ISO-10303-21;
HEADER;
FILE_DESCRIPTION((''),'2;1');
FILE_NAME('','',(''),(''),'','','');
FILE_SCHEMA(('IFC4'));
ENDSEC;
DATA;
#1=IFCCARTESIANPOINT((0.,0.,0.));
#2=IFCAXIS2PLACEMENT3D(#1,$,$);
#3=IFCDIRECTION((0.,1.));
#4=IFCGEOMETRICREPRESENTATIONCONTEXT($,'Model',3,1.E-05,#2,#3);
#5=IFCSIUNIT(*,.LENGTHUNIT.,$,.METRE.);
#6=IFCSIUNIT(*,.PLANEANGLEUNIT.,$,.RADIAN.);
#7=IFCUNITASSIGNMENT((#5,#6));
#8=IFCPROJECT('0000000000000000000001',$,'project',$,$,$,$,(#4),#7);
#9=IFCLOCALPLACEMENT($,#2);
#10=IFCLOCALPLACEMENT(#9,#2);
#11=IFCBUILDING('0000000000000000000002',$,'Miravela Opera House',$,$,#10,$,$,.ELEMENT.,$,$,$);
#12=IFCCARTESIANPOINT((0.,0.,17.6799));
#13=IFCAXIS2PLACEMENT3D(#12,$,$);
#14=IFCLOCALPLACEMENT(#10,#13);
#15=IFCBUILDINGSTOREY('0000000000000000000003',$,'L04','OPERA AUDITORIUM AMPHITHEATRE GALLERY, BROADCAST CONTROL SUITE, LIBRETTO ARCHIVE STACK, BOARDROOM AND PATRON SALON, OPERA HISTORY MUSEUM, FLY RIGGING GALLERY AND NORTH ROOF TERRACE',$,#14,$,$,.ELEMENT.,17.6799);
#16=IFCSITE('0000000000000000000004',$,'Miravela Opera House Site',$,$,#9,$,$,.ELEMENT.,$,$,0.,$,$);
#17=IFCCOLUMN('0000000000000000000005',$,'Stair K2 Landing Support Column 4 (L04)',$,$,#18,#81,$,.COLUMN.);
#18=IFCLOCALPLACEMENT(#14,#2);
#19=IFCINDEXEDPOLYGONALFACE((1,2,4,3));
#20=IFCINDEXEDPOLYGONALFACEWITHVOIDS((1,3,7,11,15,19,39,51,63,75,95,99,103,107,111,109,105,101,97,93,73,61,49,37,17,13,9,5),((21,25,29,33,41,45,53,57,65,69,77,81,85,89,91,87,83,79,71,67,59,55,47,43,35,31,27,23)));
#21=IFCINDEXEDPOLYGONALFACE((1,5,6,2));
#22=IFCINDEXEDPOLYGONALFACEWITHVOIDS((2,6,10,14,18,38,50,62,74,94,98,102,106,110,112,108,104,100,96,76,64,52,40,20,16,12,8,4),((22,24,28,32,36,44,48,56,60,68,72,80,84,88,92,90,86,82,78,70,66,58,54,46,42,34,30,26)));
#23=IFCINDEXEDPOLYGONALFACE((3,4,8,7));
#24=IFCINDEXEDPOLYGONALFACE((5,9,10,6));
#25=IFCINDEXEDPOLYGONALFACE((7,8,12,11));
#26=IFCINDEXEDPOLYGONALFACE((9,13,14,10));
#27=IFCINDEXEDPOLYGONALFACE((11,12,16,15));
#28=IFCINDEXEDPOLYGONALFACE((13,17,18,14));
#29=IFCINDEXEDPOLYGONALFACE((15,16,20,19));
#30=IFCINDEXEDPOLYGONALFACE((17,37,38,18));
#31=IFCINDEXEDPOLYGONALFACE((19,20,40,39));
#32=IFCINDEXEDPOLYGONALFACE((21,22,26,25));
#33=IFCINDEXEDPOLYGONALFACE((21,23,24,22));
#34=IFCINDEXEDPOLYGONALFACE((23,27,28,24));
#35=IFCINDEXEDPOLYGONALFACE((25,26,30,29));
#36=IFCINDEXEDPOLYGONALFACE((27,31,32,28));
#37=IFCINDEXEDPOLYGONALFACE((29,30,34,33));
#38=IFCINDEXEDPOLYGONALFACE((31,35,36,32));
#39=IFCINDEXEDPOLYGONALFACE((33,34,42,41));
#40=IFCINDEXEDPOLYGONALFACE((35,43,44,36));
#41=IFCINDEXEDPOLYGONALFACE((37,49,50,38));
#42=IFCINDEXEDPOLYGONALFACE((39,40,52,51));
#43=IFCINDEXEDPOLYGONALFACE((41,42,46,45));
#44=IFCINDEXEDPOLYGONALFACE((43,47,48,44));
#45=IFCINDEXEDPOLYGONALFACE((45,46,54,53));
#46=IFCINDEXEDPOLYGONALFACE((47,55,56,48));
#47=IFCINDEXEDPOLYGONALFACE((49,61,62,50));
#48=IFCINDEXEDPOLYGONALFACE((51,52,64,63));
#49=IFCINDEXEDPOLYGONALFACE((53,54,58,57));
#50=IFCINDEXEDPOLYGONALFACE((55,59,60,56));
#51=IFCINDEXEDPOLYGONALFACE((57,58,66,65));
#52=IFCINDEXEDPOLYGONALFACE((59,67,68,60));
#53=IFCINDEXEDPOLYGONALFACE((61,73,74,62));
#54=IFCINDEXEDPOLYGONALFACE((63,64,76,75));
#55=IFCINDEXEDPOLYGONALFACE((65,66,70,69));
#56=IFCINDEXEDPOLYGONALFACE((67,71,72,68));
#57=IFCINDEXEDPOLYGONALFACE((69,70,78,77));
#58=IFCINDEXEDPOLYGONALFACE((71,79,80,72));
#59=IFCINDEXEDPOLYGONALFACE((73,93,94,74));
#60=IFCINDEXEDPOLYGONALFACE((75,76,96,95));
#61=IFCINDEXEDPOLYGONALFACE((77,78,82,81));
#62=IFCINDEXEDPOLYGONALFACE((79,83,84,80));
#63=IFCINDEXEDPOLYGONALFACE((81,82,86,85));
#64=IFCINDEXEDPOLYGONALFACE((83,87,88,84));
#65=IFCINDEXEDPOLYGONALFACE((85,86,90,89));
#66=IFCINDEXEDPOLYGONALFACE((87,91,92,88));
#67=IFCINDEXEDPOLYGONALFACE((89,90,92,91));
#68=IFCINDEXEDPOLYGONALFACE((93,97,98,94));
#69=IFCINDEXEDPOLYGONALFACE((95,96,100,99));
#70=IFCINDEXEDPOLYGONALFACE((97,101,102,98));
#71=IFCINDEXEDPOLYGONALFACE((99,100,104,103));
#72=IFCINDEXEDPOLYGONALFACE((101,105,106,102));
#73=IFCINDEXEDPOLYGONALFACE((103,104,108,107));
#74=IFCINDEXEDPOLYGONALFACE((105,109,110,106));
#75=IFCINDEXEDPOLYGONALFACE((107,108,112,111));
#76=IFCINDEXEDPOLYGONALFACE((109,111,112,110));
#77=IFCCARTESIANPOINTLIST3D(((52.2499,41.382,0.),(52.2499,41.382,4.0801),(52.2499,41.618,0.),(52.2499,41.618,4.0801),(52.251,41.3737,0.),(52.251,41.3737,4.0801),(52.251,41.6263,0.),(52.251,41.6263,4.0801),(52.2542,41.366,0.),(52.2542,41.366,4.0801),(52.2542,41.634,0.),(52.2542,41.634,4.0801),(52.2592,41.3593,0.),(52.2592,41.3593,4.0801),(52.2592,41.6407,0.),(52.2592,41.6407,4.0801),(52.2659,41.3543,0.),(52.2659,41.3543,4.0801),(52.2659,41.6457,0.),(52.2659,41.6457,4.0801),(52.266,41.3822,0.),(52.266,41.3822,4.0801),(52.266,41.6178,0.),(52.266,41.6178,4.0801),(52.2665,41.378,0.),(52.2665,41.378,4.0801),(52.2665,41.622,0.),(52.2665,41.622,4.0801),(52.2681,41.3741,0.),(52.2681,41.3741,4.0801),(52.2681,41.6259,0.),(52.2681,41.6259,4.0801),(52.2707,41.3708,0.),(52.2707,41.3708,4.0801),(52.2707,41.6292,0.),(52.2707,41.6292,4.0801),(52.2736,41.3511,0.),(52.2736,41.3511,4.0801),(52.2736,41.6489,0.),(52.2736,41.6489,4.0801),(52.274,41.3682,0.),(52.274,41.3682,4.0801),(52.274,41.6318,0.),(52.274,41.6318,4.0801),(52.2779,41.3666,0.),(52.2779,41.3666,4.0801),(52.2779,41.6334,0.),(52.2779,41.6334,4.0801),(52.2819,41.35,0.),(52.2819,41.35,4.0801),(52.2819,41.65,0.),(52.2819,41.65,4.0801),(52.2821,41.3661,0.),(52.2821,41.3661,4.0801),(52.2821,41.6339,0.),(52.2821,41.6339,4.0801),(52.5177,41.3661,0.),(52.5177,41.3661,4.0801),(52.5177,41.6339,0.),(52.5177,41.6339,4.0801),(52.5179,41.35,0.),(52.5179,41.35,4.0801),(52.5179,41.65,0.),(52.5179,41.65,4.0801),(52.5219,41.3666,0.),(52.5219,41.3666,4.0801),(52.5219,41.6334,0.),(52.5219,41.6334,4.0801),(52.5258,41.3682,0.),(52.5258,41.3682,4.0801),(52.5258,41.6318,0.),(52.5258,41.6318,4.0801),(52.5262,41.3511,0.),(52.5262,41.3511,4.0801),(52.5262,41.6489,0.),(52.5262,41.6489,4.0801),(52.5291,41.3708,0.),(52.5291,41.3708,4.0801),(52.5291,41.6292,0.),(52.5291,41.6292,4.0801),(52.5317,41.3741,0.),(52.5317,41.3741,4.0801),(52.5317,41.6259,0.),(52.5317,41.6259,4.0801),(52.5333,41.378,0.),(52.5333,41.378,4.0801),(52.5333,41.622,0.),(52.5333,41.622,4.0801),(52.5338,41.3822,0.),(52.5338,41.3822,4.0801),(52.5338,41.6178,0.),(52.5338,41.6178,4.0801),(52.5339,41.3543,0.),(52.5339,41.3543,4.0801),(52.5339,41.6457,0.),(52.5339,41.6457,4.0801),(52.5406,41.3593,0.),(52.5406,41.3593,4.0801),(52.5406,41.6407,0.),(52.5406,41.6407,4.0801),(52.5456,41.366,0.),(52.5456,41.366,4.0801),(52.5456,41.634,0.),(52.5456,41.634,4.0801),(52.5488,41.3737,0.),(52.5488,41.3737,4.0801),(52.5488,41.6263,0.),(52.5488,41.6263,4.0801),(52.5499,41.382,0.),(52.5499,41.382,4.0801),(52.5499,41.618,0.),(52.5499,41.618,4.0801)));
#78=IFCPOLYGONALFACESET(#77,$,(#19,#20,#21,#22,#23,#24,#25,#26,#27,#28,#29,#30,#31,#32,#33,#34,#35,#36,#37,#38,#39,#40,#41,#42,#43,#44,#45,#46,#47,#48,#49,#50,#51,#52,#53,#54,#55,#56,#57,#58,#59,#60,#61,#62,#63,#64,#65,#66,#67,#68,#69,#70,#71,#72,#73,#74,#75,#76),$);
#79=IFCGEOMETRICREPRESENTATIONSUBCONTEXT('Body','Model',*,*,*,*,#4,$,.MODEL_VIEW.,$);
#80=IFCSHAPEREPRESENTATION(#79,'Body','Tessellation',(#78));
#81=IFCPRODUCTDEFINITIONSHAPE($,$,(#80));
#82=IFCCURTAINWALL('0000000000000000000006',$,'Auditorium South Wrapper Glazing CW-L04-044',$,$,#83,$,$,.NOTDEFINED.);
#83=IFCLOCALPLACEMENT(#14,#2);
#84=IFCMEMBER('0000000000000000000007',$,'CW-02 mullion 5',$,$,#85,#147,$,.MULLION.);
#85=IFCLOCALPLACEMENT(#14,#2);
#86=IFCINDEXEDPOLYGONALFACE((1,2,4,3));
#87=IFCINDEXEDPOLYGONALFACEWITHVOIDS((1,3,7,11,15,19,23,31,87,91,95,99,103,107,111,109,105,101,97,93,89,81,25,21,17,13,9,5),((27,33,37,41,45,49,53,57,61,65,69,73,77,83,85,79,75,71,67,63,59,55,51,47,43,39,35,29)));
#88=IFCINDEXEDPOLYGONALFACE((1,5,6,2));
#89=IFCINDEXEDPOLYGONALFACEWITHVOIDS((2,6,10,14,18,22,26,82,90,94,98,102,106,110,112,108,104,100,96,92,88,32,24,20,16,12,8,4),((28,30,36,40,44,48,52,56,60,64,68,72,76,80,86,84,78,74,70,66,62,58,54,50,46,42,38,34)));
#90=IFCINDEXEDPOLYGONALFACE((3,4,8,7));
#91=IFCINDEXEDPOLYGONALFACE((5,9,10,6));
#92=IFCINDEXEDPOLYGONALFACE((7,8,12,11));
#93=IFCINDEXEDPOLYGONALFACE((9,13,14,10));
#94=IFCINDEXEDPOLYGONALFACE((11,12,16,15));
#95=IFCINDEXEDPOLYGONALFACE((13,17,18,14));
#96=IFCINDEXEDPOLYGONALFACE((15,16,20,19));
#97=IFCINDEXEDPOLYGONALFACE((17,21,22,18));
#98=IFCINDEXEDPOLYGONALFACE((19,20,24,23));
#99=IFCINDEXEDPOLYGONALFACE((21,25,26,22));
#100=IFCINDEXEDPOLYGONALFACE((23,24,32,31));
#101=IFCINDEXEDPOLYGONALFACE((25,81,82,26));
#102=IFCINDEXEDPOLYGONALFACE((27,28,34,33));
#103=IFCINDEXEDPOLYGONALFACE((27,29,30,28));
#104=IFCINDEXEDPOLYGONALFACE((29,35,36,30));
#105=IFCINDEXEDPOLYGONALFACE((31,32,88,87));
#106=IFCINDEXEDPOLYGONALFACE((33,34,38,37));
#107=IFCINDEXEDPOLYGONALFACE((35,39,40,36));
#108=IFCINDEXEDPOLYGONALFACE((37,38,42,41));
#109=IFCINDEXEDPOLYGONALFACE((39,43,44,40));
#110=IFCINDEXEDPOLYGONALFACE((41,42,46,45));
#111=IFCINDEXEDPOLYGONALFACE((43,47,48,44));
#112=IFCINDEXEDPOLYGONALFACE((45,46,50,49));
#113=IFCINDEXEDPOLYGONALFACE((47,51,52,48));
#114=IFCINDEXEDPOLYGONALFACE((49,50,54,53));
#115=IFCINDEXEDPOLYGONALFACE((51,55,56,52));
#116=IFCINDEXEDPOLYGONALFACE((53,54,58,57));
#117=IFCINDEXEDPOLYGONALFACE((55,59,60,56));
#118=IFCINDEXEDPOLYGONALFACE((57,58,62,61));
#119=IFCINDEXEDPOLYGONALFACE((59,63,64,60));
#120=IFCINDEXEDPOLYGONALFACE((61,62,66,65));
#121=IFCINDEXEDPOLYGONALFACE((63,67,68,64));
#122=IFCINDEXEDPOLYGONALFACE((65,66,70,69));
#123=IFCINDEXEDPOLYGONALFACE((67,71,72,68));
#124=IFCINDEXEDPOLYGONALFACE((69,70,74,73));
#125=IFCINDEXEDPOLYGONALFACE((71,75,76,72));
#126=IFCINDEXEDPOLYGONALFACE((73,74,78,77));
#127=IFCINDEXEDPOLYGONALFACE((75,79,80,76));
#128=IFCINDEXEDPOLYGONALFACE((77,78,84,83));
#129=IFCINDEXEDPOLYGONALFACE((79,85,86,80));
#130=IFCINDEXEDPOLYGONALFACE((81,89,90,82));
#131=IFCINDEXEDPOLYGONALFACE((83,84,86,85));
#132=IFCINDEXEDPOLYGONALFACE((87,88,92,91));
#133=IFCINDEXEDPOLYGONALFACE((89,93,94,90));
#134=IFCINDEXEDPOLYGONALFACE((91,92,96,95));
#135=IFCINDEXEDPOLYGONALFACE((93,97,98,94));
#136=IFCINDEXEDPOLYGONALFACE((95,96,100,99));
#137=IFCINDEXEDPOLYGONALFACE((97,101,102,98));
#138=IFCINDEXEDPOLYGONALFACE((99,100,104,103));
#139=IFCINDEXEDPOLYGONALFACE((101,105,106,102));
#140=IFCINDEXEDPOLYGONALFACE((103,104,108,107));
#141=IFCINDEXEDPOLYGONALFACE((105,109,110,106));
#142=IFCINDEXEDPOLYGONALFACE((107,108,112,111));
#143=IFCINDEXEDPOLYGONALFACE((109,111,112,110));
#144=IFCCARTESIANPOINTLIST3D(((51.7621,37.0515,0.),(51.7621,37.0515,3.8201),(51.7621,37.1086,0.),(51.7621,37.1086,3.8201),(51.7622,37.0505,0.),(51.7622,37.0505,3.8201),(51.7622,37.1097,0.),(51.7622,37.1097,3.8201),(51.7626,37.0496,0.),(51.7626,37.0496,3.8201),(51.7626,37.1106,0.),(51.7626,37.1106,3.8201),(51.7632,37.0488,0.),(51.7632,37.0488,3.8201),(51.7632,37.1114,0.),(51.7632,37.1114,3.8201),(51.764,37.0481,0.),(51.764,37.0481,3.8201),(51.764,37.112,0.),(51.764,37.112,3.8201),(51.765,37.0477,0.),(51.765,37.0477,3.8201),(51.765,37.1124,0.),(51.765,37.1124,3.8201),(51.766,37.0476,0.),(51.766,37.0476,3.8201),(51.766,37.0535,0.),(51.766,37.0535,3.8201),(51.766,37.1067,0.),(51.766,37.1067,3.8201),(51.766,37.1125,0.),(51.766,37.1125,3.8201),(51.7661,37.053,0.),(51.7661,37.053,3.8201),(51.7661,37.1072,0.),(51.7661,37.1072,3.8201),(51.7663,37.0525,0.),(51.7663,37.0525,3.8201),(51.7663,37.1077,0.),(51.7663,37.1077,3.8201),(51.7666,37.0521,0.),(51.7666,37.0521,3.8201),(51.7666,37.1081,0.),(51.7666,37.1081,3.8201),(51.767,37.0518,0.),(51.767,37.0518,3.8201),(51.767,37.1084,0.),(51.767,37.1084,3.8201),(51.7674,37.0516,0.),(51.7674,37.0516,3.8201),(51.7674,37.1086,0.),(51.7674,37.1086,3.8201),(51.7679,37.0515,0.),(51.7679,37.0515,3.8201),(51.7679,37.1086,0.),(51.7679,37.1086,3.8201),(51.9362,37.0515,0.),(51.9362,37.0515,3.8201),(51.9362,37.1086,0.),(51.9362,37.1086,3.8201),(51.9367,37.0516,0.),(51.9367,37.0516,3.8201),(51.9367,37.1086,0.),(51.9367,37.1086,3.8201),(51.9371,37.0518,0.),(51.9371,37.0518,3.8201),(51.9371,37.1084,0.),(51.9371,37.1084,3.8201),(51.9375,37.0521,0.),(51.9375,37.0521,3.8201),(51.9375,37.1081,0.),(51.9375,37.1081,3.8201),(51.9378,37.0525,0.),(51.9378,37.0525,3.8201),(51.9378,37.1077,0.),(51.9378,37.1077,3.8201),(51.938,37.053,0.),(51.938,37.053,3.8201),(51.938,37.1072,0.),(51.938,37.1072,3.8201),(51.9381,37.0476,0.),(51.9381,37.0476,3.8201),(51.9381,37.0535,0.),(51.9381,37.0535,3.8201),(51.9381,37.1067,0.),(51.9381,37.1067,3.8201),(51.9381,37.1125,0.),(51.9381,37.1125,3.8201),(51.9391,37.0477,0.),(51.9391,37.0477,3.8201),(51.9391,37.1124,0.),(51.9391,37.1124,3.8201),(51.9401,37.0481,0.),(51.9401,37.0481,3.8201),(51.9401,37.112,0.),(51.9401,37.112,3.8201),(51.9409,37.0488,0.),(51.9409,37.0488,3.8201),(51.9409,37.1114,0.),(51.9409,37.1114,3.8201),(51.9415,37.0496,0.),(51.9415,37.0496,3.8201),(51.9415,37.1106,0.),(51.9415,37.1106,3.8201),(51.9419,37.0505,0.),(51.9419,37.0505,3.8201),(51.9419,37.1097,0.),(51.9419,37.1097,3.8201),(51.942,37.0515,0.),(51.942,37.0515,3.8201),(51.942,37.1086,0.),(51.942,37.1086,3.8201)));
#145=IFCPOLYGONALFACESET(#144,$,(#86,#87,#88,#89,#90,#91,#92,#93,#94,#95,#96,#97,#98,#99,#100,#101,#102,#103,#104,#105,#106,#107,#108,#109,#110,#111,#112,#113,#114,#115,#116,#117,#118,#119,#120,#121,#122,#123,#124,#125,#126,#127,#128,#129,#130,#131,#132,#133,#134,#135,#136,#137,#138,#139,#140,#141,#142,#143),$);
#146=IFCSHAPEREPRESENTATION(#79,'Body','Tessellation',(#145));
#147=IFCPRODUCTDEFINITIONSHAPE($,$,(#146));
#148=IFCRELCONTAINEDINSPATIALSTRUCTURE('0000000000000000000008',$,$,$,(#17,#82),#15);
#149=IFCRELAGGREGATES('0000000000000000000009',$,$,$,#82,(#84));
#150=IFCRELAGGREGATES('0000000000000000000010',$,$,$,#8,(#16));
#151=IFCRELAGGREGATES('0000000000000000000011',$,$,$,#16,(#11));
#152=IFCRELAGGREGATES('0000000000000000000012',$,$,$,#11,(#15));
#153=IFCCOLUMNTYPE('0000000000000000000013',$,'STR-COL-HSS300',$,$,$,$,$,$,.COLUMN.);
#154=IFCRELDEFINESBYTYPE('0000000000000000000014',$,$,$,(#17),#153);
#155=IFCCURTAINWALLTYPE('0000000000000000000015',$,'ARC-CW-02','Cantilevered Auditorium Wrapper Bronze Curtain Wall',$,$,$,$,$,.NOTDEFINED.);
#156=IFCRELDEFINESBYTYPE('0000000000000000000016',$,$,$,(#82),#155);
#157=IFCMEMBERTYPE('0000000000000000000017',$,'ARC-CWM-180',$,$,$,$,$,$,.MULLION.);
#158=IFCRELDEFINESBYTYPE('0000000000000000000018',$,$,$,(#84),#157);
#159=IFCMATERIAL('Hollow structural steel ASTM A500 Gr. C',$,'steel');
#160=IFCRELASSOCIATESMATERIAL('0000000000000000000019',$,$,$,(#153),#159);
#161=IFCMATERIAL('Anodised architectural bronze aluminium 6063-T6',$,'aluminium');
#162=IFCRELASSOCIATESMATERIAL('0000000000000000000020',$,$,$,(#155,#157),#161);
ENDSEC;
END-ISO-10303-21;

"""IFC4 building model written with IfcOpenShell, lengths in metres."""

from ifc_helpers import new_model, si_unit, direction, frame, origin, origin_2d, place, context, subcontext, project, spatial, hollow_rectangle, extrude, material, material_profile, profile_set, type_object, element, aggregate, save


model = new_model("IFC4")

# Units and contexts
model_context = context("Model", 3, precision=1e-05, world=origin(), true_north=direction((0.0, 1.0)))
body_context = subcontext(model_context, "Body", "Model", "MODEL_VIEW")
ifc_project = project(units=[si_unit("LENGTHUNIT", "METRE"), si_unit("PLANEANGLEUNIT", "RADIAN")], contexts=[model_context])

# Site, building, storey
site_placement = place(None, origin())
site = spatial("IfcSite", under=ifc_project, at=site_placement, Name="Miravela Opera House Site", CompositionType="ELEMENT", RefElevation=0.0)
building_placement = place(site_placement, origin())
building = spatial("IfcBuilding", under=site, at=building_placement, Name="Miravela Opera House", CompositionType="ELEMENT")
storey_placement = place(building_placement, frame((0.0, 0.0, 17.6799)))
storey = spatial("IfcBuildingStorey", under=building, at=storey_placement, Name="L04", Description="OPERA AUDITORIUM AMPHITHEATRE GALLERY, BROADCAST CONTROL SUITE, LIBRETTO ARCHIVE STACK, BOARDROOM AND PATRON SALON, OPERA HISTORY MUSEUM, FLY RIGGING GALLERY AND NORTH ROOF TERRACE", CompositionType="ELEMENT", Elevation=17.6799)

# Column
ifc_material_1 = material(Name="Hollow structural steel ASTM A500 Gr. C", Category="steel")
ifc_material_profile_1 = material_profile(ifc_material_1, hollow_rectangle(XDim=0.3, YDim=0.3, WallThickness=0.0161, InnerFilletRadius=0.0161, OuterFilletRadius=0.032, at=origin_2d()), Name="HSS300X300X16")
ifc_profile_set_1 = profile_set([ifc_material_profile_1])
column_type = type_object("IfcColumnType", Name="STR-COL-HSS300", PredefinedType="COLUMN", material=ifc_profile_set_1)
for number, where, z_axis, x_axis, name in (
    (1, (52.3999, 41.5, 0.0), (0.0, 0.0, 1.0), (1.0, 0.0, 0.0), "Stair K2 Landing Support Column 4 (L04)"),
):
    element("IfcColumn", number, at=place(storey_placement, frame(where, z_axis=z_axis, x_axis=x_axis)), inside=storey, type_object=column_type, Name=name, PredefinedType="COLUMN", context=body_context, shape_type="SweptSolid", body=[
        extrude(hollow_rectangle(XDim=0.3, YDim=0.3, WallThickness=0.0161, InnerFilletRadius=0.0161, OuterFilletRadius=0.032, at=origin_2d()), origin(), (0.0, 0.0, 1.0), 4.0801),
    ])

# Curtain wall, member
ifc_material_2 = material(Name="Anodised architectural bronze aluminium 6063-T6", Category="aluminium")
curtain_wall_type = type_object("IfcCurtainWallType", Name="ARC-CW-02", Description="Cantilevered Auditorium Wrapper Bronze Curtain Wall", PredefinedType="NOTDEFINED", material=ifc_material_2)
curtain_wall_placement = place(storey_placement, origin())
curtain_wall = element("IfcCurtainWall", 2, at=curtain_wall_placement, inside=storey, type_object=curtain_wall_type, Name="Auditorium South Wrapper Glazing CW-L04-044", PredefinedType="NOTDEFINED")
ifc_material_profile_2 = material_profile(ifc_material_2, hollow_rectangle(XDim=0.0649, YDim=0.1799, WallThickness=0.0039, InnerFilletRadius=0.002, OuterFilletRadius=0.0039, at=origin_2d()), Name="CWM-65X180")
ifc_profile_set_2 = profile_set([ifc_material_profile_2])
member_type_1 = type_object("IfcMemberType", Name="ARC-CWM-180", PredefinedType="MULLION", material=ifc_profile_set_2)
member_1_placement = place(storey_placement, frame((51.8521, 37.0801, 0.0), z_axis=(0.0, 0.0, 1.0), x_axis=(0.0, 1.0, 0.0)))
member_1 = element("IfcMember", 3, at=member_1_placement, type_object=member_type_1, Name="CW-02 mullion 5", PredefinedType="MULLION", context=body_context, shape_type="SweptSolid", body=[
    extrude(hollow_rectangle(XDim=0.0649, YDim=0.1799, WallThickness=0.0039, InnerFilletRadius=0.002, OuterFilletRadius=0.0039, at=origin_2d()), origin(), (0.0, 0.0, 1.0), 3.8201),
])

aggregate(curtain_wall, [member_1])

save(model, "model.ifc")
